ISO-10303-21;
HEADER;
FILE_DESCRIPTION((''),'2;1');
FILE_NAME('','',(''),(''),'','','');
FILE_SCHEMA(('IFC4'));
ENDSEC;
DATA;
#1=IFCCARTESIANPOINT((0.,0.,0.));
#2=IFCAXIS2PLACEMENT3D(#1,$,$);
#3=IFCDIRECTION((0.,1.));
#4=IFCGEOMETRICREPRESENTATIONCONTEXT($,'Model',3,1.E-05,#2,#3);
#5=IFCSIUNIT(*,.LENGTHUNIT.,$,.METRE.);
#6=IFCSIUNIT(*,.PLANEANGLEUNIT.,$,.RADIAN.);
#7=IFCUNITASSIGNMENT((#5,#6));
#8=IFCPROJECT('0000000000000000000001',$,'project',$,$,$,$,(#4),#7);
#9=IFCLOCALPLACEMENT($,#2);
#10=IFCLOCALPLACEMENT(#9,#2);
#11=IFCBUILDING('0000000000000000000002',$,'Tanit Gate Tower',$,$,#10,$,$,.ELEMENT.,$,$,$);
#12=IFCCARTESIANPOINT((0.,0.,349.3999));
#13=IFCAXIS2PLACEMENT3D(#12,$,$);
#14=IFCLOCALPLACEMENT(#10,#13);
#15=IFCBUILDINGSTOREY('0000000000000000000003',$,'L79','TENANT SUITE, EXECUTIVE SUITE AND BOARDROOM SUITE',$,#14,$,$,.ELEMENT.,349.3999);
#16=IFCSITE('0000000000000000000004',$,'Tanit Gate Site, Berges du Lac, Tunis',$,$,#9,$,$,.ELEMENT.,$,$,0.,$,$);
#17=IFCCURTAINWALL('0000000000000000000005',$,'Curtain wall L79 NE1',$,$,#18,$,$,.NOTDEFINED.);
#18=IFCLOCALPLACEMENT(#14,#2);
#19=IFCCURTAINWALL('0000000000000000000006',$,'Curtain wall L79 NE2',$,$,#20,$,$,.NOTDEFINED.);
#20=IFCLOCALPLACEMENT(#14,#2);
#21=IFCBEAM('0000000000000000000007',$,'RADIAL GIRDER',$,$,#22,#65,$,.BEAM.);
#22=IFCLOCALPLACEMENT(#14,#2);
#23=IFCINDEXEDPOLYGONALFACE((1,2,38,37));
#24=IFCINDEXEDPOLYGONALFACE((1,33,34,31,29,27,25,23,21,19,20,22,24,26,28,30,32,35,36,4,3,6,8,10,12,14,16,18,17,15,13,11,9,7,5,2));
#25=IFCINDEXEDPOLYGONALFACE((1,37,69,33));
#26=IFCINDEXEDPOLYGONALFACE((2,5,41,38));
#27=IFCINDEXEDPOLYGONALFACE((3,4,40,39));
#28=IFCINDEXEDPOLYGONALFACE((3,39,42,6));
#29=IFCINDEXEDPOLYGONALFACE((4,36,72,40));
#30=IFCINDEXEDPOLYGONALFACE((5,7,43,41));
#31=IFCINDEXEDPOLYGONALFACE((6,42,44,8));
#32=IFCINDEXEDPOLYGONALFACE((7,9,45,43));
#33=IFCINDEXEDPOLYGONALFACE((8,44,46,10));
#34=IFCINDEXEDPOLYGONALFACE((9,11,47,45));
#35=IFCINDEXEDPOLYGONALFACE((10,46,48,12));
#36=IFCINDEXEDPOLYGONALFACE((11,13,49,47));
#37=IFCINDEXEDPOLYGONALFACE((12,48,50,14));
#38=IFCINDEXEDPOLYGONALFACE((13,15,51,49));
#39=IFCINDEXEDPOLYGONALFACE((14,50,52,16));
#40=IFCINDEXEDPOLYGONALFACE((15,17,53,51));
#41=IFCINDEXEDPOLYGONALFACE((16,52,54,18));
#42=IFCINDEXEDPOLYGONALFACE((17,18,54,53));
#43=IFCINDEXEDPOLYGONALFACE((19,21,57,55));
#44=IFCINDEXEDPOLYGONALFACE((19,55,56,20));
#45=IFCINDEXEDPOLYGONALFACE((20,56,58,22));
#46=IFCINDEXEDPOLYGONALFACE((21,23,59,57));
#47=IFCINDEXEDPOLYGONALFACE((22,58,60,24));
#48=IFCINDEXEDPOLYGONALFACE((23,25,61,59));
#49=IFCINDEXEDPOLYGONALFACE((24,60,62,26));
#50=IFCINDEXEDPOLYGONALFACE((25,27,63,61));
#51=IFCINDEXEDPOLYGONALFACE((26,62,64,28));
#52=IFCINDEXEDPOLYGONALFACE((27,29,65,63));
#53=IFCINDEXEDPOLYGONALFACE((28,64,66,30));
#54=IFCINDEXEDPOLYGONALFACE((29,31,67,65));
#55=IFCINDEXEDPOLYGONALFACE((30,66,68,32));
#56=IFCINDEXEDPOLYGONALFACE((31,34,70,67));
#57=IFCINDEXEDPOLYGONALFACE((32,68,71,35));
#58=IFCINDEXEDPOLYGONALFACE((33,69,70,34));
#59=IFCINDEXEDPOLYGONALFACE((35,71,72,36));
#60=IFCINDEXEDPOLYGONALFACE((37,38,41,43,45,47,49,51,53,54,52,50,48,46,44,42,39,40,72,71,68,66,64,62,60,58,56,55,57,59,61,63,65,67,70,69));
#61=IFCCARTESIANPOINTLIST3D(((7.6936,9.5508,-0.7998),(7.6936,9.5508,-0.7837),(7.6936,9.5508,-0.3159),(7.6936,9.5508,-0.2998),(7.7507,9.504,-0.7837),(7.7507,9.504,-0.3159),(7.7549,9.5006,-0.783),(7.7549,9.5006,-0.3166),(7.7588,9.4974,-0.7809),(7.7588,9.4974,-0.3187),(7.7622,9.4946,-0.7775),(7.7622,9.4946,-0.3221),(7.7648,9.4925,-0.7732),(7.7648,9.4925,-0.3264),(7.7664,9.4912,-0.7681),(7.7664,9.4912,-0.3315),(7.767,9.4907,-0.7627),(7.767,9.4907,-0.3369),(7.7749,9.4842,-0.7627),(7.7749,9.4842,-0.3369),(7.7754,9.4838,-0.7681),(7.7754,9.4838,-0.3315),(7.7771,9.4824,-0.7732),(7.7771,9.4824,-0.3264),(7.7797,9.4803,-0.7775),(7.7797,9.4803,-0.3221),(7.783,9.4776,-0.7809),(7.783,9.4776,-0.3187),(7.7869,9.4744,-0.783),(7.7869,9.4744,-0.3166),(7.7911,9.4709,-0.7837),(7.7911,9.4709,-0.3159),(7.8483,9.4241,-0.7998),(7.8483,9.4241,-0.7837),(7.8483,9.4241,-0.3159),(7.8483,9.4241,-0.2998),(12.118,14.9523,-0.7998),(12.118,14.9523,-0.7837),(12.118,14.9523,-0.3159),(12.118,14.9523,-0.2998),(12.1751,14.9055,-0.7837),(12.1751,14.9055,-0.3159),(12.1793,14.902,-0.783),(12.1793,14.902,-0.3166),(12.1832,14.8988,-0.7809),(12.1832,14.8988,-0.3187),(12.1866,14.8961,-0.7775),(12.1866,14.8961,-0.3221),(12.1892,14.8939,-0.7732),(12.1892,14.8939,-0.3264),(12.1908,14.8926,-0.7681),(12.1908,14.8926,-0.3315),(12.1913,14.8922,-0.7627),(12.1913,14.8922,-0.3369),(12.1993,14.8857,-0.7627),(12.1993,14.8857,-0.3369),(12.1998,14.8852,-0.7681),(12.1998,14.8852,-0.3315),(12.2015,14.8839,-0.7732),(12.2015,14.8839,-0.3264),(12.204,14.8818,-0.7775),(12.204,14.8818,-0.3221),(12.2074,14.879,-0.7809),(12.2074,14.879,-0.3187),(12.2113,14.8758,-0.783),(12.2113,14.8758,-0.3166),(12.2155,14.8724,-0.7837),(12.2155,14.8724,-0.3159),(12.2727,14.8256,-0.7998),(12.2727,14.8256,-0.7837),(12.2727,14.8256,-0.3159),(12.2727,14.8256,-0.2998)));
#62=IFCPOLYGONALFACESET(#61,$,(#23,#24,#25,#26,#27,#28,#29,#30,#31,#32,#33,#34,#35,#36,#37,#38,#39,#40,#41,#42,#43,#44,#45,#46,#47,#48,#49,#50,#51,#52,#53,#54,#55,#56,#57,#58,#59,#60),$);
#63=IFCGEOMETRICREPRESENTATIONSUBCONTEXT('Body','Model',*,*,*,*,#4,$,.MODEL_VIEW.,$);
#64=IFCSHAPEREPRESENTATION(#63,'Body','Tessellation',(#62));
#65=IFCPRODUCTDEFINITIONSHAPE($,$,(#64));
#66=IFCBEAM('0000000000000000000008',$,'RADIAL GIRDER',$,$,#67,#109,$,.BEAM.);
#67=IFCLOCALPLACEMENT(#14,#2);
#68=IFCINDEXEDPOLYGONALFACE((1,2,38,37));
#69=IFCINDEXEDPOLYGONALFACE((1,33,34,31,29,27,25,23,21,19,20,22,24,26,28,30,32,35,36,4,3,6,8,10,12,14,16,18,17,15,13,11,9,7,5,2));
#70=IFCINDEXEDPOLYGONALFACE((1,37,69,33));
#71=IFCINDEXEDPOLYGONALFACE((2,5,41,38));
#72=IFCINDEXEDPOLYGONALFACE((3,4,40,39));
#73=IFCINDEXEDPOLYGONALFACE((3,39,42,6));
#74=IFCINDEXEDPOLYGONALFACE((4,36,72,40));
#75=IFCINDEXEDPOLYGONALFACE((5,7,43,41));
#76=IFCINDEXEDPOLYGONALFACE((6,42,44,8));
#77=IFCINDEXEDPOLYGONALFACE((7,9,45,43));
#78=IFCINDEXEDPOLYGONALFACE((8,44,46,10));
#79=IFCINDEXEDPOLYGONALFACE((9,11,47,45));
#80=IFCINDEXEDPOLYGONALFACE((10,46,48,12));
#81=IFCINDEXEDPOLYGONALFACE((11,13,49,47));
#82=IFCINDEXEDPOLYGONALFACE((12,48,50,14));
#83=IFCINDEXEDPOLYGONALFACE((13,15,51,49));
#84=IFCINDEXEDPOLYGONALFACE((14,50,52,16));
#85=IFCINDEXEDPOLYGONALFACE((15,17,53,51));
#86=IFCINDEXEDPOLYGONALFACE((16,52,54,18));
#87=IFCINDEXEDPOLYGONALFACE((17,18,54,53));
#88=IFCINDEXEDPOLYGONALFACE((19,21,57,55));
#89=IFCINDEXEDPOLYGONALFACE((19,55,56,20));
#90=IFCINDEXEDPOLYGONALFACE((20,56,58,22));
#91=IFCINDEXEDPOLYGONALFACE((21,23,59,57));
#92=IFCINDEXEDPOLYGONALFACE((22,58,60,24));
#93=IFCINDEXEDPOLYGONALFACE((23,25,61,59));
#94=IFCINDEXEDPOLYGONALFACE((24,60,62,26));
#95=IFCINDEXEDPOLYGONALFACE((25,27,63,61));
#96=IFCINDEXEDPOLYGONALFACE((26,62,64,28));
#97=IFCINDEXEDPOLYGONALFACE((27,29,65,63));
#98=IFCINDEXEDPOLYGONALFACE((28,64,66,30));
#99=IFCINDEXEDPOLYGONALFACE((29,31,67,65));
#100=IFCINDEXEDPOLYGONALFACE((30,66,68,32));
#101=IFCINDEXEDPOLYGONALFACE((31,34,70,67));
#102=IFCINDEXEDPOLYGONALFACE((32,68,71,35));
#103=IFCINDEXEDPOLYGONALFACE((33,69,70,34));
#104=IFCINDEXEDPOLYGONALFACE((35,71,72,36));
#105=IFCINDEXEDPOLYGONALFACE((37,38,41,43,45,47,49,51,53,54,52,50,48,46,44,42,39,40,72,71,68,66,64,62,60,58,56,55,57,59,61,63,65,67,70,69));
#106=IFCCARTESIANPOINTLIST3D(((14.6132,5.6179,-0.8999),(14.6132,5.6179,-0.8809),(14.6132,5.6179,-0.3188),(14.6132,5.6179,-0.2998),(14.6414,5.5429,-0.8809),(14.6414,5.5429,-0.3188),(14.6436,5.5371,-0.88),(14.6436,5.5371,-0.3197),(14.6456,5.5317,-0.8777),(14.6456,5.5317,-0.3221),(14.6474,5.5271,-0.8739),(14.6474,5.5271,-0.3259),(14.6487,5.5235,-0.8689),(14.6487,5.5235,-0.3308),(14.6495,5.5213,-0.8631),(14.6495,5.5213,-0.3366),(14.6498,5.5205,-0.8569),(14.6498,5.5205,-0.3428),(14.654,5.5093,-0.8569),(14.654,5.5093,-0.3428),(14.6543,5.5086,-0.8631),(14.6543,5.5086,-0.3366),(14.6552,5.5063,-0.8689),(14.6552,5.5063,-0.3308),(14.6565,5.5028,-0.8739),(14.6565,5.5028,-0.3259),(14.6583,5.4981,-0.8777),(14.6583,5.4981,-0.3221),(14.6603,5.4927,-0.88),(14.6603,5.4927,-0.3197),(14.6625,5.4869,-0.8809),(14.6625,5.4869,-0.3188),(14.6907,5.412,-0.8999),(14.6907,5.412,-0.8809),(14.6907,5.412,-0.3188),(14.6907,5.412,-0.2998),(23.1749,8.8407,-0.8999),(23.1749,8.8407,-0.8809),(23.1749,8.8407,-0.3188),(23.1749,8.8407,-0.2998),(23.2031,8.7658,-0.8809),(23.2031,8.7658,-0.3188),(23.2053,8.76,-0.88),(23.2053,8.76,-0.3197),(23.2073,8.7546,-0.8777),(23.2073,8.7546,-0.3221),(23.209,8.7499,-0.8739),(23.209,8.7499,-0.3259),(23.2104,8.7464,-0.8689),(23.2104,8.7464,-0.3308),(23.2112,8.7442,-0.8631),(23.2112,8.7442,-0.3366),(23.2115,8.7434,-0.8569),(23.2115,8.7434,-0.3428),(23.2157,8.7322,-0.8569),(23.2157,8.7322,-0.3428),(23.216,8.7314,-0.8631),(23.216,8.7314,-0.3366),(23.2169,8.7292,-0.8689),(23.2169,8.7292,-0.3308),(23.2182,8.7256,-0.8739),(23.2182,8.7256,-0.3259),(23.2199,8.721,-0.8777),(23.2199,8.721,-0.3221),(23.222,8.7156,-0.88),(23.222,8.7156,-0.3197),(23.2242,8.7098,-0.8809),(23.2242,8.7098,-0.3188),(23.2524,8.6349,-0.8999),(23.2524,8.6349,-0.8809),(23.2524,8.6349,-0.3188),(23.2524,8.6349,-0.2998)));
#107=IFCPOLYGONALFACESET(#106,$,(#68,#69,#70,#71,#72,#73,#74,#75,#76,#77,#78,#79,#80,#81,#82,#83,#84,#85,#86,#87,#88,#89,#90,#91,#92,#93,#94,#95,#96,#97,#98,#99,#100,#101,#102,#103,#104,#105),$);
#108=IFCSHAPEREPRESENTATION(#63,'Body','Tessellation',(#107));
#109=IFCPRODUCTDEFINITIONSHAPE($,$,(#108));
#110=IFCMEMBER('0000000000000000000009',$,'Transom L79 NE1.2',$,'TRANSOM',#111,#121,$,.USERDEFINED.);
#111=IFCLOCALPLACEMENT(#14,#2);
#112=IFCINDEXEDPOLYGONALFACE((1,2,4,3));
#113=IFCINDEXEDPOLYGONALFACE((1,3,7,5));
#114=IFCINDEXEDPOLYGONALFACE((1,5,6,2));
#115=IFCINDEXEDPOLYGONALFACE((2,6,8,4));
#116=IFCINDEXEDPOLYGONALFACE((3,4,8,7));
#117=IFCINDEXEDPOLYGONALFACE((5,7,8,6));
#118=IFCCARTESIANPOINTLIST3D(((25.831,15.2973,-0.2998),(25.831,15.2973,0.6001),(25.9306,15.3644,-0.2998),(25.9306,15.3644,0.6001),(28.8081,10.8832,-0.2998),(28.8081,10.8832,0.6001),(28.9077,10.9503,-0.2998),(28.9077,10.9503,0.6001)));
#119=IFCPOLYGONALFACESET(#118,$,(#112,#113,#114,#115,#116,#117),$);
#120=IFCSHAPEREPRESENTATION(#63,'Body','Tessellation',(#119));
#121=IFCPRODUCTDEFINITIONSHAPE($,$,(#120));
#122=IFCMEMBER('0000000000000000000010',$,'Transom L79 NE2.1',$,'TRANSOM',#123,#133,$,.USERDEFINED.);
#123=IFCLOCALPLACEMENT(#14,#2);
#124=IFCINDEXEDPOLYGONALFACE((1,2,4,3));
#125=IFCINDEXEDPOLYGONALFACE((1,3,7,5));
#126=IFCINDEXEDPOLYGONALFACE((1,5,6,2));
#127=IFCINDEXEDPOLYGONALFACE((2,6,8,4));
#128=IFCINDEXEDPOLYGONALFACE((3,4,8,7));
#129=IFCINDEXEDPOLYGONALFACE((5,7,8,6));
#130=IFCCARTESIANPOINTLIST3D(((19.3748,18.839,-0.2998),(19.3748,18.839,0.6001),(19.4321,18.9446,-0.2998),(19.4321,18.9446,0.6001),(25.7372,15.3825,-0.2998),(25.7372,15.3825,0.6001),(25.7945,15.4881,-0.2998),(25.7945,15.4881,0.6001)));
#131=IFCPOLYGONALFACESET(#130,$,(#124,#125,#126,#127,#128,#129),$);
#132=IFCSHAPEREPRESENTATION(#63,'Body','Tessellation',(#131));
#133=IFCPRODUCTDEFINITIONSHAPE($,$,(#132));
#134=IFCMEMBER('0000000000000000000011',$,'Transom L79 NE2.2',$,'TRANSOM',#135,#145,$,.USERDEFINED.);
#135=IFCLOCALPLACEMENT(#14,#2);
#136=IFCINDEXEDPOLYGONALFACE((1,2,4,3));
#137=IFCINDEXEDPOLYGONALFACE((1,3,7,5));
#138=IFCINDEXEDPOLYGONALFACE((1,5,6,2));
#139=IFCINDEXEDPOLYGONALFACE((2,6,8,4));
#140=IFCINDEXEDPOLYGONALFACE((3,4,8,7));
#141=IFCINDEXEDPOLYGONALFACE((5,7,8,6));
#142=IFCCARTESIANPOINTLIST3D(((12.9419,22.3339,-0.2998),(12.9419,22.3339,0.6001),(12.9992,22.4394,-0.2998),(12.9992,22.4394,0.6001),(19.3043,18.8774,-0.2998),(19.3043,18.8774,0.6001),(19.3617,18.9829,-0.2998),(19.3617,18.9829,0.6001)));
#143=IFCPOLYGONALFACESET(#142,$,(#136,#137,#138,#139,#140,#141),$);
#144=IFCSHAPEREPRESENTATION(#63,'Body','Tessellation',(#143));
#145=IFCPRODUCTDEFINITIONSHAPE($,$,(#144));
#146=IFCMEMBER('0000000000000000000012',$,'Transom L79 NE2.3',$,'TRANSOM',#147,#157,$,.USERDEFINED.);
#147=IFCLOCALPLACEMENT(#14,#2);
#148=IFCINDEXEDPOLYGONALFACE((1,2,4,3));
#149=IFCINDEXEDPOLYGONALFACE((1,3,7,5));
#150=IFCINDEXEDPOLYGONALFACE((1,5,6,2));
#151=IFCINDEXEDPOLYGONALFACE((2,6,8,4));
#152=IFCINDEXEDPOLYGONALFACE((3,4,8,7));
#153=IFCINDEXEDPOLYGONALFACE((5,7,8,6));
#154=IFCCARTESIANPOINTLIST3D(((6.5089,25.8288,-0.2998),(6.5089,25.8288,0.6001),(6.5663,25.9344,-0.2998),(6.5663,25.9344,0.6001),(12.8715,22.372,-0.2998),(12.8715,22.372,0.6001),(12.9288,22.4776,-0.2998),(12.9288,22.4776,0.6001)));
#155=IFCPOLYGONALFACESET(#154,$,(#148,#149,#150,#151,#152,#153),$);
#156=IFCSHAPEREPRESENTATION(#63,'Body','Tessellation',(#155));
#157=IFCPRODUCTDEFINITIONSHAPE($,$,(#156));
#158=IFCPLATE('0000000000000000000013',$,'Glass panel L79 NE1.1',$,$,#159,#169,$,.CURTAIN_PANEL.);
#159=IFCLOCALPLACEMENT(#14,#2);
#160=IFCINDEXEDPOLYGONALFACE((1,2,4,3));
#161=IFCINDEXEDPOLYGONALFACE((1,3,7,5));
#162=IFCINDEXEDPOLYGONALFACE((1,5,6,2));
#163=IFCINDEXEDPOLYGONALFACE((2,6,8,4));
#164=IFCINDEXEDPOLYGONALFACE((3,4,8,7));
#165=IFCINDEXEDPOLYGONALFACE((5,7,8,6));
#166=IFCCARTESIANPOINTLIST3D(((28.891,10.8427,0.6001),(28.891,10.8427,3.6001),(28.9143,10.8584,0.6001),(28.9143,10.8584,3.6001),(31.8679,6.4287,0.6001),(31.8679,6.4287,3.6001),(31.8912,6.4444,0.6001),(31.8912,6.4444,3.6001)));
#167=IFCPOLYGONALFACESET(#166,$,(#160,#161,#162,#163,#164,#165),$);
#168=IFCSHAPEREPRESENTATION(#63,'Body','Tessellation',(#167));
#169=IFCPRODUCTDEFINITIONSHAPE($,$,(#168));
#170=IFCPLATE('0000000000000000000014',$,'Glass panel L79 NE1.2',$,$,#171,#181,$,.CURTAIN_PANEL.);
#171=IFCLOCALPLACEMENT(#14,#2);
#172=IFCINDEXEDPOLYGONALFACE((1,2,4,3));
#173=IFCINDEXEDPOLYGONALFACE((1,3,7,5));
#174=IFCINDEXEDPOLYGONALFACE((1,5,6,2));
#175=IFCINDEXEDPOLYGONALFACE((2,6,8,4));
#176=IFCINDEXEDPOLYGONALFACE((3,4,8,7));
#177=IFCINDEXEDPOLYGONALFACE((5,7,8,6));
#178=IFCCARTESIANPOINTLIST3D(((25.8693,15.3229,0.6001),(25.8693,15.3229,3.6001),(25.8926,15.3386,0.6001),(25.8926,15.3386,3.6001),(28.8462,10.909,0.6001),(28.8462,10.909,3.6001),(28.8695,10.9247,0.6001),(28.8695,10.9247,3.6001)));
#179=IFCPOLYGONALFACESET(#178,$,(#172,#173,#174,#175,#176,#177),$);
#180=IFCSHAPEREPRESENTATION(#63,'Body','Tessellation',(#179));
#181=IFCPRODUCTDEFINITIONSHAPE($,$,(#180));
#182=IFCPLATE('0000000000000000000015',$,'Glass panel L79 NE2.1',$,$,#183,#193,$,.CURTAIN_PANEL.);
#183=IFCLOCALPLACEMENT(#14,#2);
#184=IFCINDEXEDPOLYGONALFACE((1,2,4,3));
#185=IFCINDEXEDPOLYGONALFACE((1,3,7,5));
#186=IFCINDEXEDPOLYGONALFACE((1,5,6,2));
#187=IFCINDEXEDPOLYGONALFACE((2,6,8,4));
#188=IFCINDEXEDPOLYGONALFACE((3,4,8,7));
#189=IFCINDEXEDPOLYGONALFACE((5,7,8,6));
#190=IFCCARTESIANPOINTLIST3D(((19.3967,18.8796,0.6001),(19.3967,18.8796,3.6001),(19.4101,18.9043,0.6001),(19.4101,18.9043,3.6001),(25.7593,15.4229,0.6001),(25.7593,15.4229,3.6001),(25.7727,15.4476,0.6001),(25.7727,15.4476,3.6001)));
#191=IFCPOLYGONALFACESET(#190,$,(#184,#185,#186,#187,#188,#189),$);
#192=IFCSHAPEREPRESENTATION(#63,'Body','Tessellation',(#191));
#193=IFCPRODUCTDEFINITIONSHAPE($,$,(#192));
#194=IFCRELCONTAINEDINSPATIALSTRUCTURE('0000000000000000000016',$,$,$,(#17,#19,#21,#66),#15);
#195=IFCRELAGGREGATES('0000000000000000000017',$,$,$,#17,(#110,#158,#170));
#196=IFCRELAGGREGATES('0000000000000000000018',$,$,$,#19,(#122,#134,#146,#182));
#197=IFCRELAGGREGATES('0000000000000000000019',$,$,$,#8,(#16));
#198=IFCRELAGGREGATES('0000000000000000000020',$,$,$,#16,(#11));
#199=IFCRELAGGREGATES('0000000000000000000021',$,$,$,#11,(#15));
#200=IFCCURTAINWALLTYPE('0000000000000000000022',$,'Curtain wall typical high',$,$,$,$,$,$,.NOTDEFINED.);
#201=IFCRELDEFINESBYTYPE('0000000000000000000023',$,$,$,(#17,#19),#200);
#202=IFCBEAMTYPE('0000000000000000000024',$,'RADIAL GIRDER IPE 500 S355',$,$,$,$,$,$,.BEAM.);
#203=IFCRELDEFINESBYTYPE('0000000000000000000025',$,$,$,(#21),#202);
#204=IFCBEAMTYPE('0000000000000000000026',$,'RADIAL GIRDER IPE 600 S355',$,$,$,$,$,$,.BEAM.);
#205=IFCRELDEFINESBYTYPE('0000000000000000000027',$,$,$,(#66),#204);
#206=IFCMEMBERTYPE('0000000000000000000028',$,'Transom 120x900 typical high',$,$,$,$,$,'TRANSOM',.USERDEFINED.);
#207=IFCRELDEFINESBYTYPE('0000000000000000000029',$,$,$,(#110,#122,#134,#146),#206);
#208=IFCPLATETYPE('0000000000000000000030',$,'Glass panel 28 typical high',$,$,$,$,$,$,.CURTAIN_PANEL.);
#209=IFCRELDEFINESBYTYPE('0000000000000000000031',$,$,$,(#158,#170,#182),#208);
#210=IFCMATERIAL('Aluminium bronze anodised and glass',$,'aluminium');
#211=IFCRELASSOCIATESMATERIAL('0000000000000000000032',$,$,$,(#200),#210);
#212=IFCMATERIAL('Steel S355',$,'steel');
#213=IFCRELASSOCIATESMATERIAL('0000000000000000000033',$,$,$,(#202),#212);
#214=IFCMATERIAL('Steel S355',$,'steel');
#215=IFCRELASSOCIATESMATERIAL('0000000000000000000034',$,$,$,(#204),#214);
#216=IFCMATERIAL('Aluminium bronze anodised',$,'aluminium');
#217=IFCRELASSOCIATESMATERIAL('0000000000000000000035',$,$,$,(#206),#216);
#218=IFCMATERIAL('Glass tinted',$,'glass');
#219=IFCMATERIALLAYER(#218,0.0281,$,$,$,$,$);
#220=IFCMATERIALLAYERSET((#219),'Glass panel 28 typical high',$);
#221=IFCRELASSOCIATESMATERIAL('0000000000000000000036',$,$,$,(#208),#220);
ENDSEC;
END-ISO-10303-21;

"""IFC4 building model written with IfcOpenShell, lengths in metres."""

from ifc_helpers import new_model, si_unit, direction, frame, origin, origin_2d, place, context, subcontext, project, spatial, rectangle, i_section, extrude, material, layer, layer_set, material_profile, profile_set, type_object, element, aggregate, save


model = new_model("IFC4")

# Units and contexts
model_context = context("Model", 3, precision=1e-05, world=origin(), true_north=direction((0.0, 1.0)))
body_context = subcontext(model_context, "Body", "Model", "MODEL_VIEW")
ifc_project = project(units=[si_unit("LENGTHUNIT", "METRE"), si_unit("PLANEANGLEUNIT", "RADIAN")], contexts=[model_context])

# Site, building, storey
site_placement = place(None, origin())
site = spatial("IfcSite", under=ifc_project, at=site_placement, Name="Tanit Gate Site, Berges du Lac, Tunis", CompositionType="ELEMENT", RefElevation=0.0)
building_placement = place(site_placement, origin())
building = spatial("IfcBuilding", under=site, at=building_placement, Name="Tanit Gate Tower", CompositionType="ELEMENT")
storey_placement = place(building_placement, frame((0.0, 0.0, 349.3999)))
storey = spatial("IfcBuildingStorey", under=building, at=storey_placement, Name="L79", Description="TENANT SUITE, EXECUTIVE SUITE AND BOARDROOM SUITE", CompositionType="ELEMENT", Elevation=349.3999)

# Curtain wall
ifc_material_1 = material(Name="Aluminium bronze anodised and glass", Category="aluminium")
curtain_wall_type = type_object("IfcCurtainWallType", Name="Curtain wall typical high", PredefinedType="NOTDEFINED", material=ifc_material_1)
curtain_wall_1_placement = place(storey_placement, origin())
curtain_wall_1 = element("IfcCurtainWall", 1, at=curtain_wall_1_placement, inside=storey, type_object=curtain_wall_type, Name="Curtain wall L79 NE1", PredefinedType="NOTDEFINED")

# Curtain wall
curtain_wall_2_placement = place(storey_placement, origin())
curtain_wall_2 = element("IfcCurtainWall", 2, at=curtain_wall_2_placement, inside=storey, type_object=curtain_wall_type, Name="Curtain wall L79 NE2", PredefinedType="NOTDEFINED")

# Beams
ifc_material_2 = material(Name="Steel S355", Category="steel")
ifc_material_profile_1 = material_profile(ifc_material_2, i_section(OverallWidth=0.2, OverallDepth=0.5, WebThickness=0.0103, FlangeThickness=0.0161, FilletRadius=0.021, at=origin_2d()), Name="IPE 500")
ifc_profile_set_1 = profile_set([ifc_material_profile_1], Name="Steel S355")
beam_type_1 = type_object("IfcBeamType", Name="RADIAL GIRDER IPE 500 S355", PredefinedType="BEAM", material=ifc_profile_set_1)
beam_1_placement = place(storey_placement, frame((12.1953, 14.8889, -0.5498), z_axis=(-0.633668, -0.773605, 0.0), x_axis=(0.773605, -0.633668, 0.0)))
element("IfcBeam", 3, at=beam_1_placement, inside=storey, type_object=beam_type_1, Name="RADIAL GIRDER", PredefinedType="BEAM", context=body_context, shape_type="SweptSolid", body=[
    extrude(i_section(OverallWidth=0.2, OverallDepth=0.5, WebThickness=0.0103, FlangeThickness=0.0161, FilletRadius=0.021, at=origin_2d()), origin(), (0.0, 0.0, 1.0), 6.9822),
])
ifc_material_3 = material(Name="Steel S355", Category="steel")
ifc_material_profile_2 = material_profile(ifc_material_3, i_section(OverallWidth=0.22, OverallDepth=0.6001, WebThickness=0.012, FlangeThickness=0.019, FilletRadius=0.0239, at=origin_2d()), Name="IPE 600")
ifc_profile_set_2 = profile_set([ifc_material_profile_2], Name="Steel S355")
beam_type_2 = type_object("IfcBeamType", Name="RADIAL GIRDER IPE 600 S355", PredefinedType="BEAM", material=ifc_profile_set_2)
beam_2_placement = place(storey_placement, frame((23.2136, 8.7378, -0.5999), z_axis=(-0.935889, -0.352296, 0.0), x_axis=(0.352296, -0.935889, 0.0)))
element("IfcBeam", 4, at=beam_2_placement, inside=storey, type_object=beam_type_2, Name="RADIAL GIRDER", PredefinedType="BEAM", context=body_context, shape_type="SweptSolid", body=[
    extrude(i_section(OverallWidth=0.22, OverallDepth=0.6001, WebThickness=0.012, FlangeThickness=0.019, FilletRadius=0.0239, at=origin_2d()), origin(), (0.0, 0.0, 1.0), 9.1482),
])

# Members
ifc_material_4 = material(Name="Aluminium bronze anodised", Category="aluminium")
ifc_material_profile_3 = material_profile(ifc_material_4, rectangle(XDim=0.1201, YDim=0.8999, at=origin_2d()), Name="120x900 bronze transom")
ifc_profile_set_3 = profile_set([ifc_material_profile_3], Name="Aluminium bronze anodised")
member_type_1 = type_object("IfcMemberType", Name="Transom 120x900 typical high", ElementType="TRANSOM", PredefinedType="USERDEFINED", material=ifc_profile_set_3)
member_1_placement = place(storey_placement, frame((28.8579, 10.9167, 0.1501), z_axis=(-0.559158, 0.829061, 0.0), x_axis=(-0.829061, -0.559158, 0.0)))
member_1 = element("IfcMember", 5, at=member_1_placement, type_object=member_type_1, Name="Transom L79 NE1.2", ObjectType="TRANSOM", PredefinedType="USERDEFINED", context=body_context, shape_type="SweptSolid", body=[
    extrude(rectangle(XDim=0.1201, YDim=0.8999, at=origin_2d()), origin(), (0.0, 0.0, 1.0), 5.3242),
])
member_2_placement = place(storey_placement, frame((25.7659, 15.4353, 0.1501), z_axis=(-0.878704, 0.477368, 0.0), x_axis=(-0.477368, -0.878704, 0.0)))
member_2 = element("IfcMember", 6, at=member_2_placement, type_object=member_type_1, Name="Transom L79 NE2.1", ObjectType="TRANSOM", PredefinedType="USERDEFINED", context=body_context, shape_type="SweptSolid", body=[
    extrude(rectangle(XDim=0.1201, YDim=0.8999, at=origin_2d()), origin(), (0.0, 0.0, 1.0), 7.2407),
])
member_3_placement = place(storey_placement, frame((19.333, 18.9302, 0.1501), z_axis=(-0.878704, 0.477368, 0.0), x_axis=(-0.477368, -0.878704, 0.0)))
member_3 = element("IfcMember", 7, at=member_3_placement, type_object=member_type_1, Name="Transom L79 NE2.2", ObjectType="TRANSOM", PredefinedType="USERDEFINED", context=body_context, shape_type="SweptSolid", body=[
    extrude(rectangle(XDim=0.1201, YDim=0.8999, at=origin_2d()), origin(), (0.0, 0.0, 1.0), 7.2407),
])
member_4_placement = place(storey_placement, frame((12.9001, 22.4248, 0.1501), z_axis=(-0.878689, 0.477394, 0.0), x_axis=(-0.477394, -0.878689, 0.0)))
member_4 = element("IfcMember", 8, at=member_4_placement, type_object=member_type_1, Name="Transom L79 NE2.3", ObjectType="TRANSOM", PredefinedType="USERDEFINED", context=body_context, shape_type="SweptSolid", body=[
    extrude(rectangle(XDim=0.1201, YDim=0.8999, at=origin_2d()), origin(), (0.0, 0.0, 1.0), 7.241),
])

# Plates
ifc_material_5 = material(Name="Glass tinted", Category="glass")
ifc_layer = layer(ifc_material_5, 0.0281)
ifc_layer_set = layer_set([ifc_layer], Name="Glass panel 28 typical high")
plate_type = type_object("IfcPlateType", Name="Glass panel 28 typical high", PredefinedType="CURTAIN_PANEL", material=ifc_layer_set)
plate_1_placement = place(storey_placement, frame((30.3911, 8.6436, 0.6001), z_axis=(0.0, 0.0, 1.0), x_axis=(-0.559148, 0.829068, 0.0)))
plate_1 = element("IfcPlate", 9, at=plate_1_placement, type_object=plate_type, Name="Glass panel L79 NE1.1", PredefinedType="CURTAIN_PANEL", context=body_context, shape_type="SweptSolid", body=[
    extrude(rectangle(XDim=5.324, YDim=0.0281, at=origin_2d()), origin(), (0.0, 0.0, 1.0), 3.0),
])
plate_2_placement = place(storey_placement, frame((27.3694, 13.1238, 0.6001), z_axis=(0.0, 0.0, 1.0), x_axis=(-0.559148, 0.829068, 0.0)))
plate_2 = element("IfcPlate", 10, at=plate_2_placement, type_object=plate_type, Name="Glass panel L79 NE1.2", PredefinedType="CURTAIN_PANEL", context=body_context, shape_type="SweptSolid", body=[
    extrude(rectangle(XDim=5.324, YDim=0.0281, at=origin_2d()), origin(), (0.0, 0.0, 1.0), 3.0),
])
aggregate(curtain_wall_1, [member_1, plate_1, plate_2])
plate_3_placement = place(storey_placement, frame((22.5847, 17.1636, 0.6001), z_axis=(0.0, 0.0, 1.0), x_axis=(-0.878696, 0.477381, 0.0)))
plate_3 = element("IfcPlate", 11, at=plate_3_placement, type_object=plate_type, Name="Glass panel L79 NE2.1", PredefinedType="CURTAIN_PANEL", context=body_context, shape_type="SweptSolid", body=[
    extrude(rectangle(XDim=7.241, YDim=0.0281, at=origin_2d()), origin(), (0.0, 0.0, 1.0), 3.0),
])
aggregate(curtain_wall_2, [member_2, member_3, member_4, plate_3])

save(model, "model.ifc")
